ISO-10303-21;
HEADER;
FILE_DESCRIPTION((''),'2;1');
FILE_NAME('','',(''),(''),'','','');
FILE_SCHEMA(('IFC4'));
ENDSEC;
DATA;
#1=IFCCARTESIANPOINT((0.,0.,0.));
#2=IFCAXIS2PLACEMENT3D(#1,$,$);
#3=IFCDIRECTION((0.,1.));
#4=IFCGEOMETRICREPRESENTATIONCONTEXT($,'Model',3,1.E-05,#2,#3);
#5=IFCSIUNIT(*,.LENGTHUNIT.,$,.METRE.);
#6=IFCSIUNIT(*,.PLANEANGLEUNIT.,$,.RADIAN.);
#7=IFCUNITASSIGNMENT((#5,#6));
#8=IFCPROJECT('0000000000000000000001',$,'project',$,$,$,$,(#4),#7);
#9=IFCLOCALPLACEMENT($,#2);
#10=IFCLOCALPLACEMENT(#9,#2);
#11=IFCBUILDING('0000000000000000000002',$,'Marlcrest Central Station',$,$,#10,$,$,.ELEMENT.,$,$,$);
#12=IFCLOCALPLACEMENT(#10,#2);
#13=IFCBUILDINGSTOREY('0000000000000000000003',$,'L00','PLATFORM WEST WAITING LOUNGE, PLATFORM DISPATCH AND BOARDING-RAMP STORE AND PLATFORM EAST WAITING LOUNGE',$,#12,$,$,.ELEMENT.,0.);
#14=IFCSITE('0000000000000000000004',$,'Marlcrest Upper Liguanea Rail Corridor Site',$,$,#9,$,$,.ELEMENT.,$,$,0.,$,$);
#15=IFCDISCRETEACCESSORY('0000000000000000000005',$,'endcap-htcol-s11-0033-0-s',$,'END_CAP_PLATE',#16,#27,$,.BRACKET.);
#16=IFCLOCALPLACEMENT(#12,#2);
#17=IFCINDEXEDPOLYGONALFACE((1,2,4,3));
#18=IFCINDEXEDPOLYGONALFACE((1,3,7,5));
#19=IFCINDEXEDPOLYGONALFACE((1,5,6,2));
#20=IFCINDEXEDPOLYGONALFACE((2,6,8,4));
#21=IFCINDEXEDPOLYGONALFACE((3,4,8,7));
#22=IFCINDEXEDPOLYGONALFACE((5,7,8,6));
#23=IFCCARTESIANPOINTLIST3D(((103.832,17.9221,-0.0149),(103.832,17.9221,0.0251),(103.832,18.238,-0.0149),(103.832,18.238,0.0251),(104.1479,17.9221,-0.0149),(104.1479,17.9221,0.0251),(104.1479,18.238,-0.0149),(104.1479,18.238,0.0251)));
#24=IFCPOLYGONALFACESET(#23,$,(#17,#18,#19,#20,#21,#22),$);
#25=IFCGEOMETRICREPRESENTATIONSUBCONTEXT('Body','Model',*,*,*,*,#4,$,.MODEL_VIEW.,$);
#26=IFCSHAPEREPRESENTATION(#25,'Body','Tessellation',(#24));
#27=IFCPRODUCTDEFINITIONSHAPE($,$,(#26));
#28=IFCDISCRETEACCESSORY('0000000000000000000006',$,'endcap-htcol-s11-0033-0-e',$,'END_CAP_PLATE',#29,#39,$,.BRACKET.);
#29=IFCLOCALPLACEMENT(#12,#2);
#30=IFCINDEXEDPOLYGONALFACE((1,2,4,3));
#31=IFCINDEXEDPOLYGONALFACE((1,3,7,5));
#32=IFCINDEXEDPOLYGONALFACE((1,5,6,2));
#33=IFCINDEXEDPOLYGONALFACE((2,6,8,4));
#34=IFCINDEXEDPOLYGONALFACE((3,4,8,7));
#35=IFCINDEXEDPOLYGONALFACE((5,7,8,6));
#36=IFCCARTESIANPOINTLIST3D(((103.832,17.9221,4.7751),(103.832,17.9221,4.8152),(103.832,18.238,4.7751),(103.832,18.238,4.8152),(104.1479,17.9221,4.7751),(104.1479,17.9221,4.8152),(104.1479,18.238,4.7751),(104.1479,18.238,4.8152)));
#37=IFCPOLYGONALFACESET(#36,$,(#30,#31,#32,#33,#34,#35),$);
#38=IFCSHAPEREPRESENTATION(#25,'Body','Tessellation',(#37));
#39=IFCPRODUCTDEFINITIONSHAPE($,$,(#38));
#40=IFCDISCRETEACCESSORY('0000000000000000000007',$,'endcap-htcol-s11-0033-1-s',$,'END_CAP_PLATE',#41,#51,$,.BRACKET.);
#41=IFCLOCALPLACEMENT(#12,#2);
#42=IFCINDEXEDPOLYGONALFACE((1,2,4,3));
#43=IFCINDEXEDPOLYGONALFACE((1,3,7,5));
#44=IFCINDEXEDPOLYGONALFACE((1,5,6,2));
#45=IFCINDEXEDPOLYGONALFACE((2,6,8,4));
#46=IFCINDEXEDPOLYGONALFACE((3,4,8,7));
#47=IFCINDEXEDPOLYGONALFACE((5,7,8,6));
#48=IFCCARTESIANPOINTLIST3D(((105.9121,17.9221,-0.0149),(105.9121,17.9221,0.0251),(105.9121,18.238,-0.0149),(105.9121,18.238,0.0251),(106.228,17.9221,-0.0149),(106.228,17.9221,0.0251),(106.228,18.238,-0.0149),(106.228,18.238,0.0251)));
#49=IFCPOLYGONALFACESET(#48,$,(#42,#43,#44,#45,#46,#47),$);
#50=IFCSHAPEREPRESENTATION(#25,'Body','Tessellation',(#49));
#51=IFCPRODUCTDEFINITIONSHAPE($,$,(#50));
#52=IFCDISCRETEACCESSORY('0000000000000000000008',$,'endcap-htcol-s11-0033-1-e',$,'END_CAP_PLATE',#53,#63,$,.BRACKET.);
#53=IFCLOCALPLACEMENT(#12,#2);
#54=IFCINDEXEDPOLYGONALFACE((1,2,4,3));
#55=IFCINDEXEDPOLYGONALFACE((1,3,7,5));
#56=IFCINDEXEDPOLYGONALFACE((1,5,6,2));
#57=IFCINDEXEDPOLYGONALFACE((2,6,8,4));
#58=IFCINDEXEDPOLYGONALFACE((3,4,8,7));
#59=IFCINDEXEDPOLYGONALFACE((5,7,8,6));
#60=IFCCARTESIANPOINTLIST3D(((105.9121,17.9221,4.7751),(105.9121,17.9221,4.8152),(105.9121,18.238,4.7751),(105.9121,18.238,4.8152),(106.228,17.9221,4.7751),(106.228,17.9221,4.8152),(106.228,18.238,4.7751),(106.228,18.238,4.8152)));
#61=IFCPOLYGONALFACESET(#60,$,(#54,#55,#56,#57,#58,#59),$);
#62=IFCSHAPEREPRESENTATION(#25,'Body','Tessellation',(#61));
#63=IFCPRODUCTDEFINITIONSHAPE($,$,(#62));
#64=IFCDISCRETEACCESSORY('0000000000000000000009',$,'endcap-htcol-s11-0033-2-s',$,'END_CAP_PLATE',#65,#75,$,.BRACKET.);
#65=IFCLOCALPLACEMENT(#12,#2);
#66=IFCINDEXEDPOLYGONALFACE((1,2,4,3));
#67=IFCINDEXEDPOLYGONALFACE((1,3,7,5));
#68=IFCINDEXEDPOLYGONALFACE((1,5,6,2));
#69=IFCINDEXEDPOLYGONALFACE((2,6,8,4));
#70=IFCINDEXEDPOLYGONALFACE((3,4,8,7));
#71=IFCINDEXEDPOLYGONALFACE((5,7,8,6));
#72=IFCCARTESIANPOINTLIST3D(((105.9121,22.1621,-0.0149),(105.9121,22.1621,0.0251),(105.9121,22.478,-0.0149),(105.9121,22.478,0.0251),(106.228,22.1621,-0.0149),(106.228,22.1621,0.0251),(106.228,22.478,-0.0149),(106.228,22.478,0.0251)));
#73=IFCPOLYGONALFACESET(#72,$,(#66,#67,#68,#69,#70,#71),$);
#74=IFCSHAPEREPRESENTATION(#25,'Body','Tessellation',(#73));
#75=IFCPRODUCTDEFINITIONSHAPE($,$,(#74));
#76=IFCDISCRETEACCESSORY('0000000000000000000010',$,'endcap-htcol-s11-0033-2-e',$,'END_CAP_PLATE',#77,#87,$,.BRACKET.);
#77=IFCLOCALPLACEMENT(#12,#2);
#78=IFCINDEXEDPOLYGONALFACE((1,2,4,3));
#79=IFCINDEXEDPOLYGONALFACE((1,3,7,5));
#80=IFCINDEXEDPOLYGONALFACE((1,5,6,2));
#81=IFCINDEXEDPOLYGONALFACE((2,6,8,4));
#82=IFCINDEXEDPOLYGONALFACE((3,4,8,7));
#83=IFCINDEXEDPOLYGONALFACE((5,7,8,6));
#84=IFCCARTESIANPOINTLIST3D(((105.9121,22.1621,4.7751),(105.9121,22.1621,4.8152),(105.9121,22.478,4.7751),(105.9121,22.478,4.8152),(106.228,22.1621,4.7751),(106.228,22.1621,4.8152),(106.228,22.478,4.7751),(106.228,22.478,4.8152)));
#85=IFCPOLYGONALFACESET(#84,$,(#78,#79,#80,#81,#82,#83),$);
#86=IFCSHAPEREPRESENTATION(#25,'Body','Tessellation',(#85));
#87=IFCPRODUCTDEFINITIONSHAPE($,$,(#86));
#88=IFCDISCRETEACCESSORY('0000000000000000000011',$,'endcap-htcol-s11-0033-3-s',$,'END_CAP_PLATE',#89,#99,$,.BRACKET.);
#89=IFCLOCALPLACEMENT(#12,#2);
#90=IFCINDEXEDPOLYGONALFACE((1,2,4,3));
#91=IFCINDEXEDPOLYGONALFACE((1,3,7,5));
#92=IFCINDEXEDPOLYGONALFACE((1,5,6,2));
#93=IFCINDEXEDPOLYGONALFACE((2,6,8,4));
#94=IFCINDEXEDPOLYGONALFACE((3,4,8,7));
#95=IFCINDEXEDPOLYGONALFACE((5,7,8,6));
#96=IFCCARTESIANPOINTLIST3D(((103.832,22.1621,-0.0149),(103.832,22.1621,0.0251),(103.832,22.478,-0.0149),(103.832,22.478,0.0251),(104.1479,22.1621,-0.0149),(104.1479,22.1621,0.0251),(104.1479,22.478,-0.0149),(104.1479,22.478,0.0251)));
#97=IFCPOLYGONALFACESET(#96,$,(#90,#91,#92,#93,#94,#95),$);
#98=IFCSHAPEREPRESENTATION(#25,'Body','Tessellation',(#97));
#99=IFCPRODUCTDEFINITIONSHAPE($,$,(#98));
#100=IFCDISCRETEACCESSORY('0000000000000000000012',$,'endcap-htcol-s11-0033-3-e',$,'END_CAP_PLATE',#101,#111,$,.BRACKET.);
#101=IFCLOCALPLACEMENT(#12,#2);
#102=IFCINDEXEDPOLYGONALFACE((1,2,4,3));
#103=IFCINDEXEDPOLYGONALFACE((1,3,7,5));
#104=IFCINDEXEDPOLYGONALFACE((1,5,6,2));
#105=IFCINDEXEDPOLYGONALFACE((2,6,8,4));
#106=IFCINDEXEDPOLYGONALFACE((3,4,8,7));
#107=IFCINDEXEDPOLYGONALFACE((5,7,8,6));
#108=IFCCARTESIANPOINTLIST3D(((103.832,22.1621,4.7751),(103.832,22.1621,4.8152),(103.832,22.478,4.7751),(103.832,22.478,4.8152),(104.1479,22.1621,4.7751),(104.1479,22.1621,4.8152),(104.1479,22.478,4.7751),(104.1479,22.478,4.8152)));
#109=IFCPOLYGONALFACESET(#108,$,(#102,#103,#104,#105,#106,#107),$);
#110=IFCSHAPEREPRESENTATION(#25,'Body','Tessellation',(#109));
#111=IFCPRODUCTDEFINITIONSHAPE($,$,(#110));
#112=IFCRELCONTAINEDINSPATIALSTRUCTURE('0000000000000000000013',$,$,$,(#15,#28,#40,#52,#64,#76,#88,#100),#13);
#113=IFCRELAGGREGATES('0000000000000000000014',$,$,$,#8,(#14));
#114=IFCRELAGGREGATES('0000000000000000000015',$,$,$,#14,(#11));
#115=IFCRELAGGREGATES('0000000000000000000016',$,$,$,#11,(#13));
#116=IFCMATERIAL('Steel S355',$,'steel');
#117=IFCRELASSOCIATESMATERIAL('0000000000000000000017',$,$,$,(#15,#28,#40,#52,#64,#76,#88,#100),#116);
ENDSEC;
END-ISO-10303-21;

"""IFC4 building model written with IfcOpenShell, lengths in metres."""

from ifc_helpers import new_model, si_unit, direction, frame, origin, origin_2d, place, context, subcontext, project, spatial, rectangle, extrude, material, element, save


model = new_model("IFC4")

# Units and contexts
model_context = context("Model", 3, precision=1e-05, world=origin(), true_north=direction((0.0, 1.0)))
body_context = subcontext(model_context, "Body", "Model", "MODEL_VIEW")
ifc_project = project(units=[si_unit("LENGTHUNIT", "METRE"), si_unit("PLANEANGLEUNIT", "RADIAN")], contexts=[model_context])

# Site, building, storey
site_placement = place(None, origin())
site = spatial("IfcSite", under=ifc_project, at=site_placement, Name="Marlcrest Upper Liguanea Rail Corridor Site", CompositionType="ELEMENT", RefElevation=0.0)
building_placement = place(site_placement, origin())
building = spatial("IfcBuilding", under=site, at=building_placement, Name="Marlcrest Central Station", CompositionType="ELEMENT")
storey_placement = place(building_placement, origin())
storey = spatial("IfcBuildingStorey", under=building, at=storey_placement, Name="L00", Description="PLATFORM WEST WAITING LOUNGE, PLATFORM DISPATCH AND BOARDING-RAMP STORE AND PLATFORM EAST WAITING LOUNGE", CompositionType="ELEMENT", Elevation=0.0)

# Shared definitions
ifc_material_1 = material(Name="Steel S355", Category="steel")

# Discrete accessories
for number, where, z_axis, x_axis, name in (
    (1, (103.99, 18.0801, -0.0149), (0.0, 0.0, 1.0), (1.0, 0.0, 0.0), "endcap-htcol-s11-0033-0-s"),
    (2, (103.99, 18.0801, 4.7751), (0.0, 0.0, 1.0), (1.0, 0.0, 0.0), "endcap-htcol-s11-0033-0-e"),
    (3, (106.0701, 18.0801, -0.0149), (0.0, 0.0, 1.0), (1.0, 0.0, 0.0), "endcap-htcol-s11-0033-1-s"),
    (4, (106.0701, 18.0801, 4.7751), (0.0, 0.0, 1.0), (1.0, 0.0, 0.0), "endcap-htcol-s11-0033-1-e"),
    (5, (106.0701, 22.3201, -0.0149), (0.0, 0.0, 1.0), (1.0, 0.0, 0.0), "endcap-htcol-s11-0033-2-s"),
    (6, (106.0701, 22.3201, 4.7751), (0.0, 0.0, 1.0), (1.0, 0.0, 0.0), "endcap-htcol-s11-0033-2-e"),
    (7, (103.99, 22.3201, -0.0149), (0.0, 0.0, 1.0), (1.0, 0.0, 0.0), "endcap-htcol-s11-0033-3-s"),
    (8, (103.99, 22.3201, 4.7751), (0.0, 0.0, 1.0), (1.0, 0.0, 0.0), "endcap-htcol-s11-0033-3-e"),
):
    element("IfcDiscreteAccessory", number, at=place(storey_placement, frame(where, z_axis=z_axis, x_axis=x_axis)), inside=storey, material=ifc_material_1, Name=name, ObjectType="END_CAP_PLATE", PredefinedType="BRACKET", context=body_context, shape_type="SweptSolid", body=[
        extrude(rectangle(XDim=0.3159, YDim=0.3159, at=origin_2d()), origin(), (0.0, 0.0, 1.0), 0.04),
    ])

save(model, "model.ifc")
